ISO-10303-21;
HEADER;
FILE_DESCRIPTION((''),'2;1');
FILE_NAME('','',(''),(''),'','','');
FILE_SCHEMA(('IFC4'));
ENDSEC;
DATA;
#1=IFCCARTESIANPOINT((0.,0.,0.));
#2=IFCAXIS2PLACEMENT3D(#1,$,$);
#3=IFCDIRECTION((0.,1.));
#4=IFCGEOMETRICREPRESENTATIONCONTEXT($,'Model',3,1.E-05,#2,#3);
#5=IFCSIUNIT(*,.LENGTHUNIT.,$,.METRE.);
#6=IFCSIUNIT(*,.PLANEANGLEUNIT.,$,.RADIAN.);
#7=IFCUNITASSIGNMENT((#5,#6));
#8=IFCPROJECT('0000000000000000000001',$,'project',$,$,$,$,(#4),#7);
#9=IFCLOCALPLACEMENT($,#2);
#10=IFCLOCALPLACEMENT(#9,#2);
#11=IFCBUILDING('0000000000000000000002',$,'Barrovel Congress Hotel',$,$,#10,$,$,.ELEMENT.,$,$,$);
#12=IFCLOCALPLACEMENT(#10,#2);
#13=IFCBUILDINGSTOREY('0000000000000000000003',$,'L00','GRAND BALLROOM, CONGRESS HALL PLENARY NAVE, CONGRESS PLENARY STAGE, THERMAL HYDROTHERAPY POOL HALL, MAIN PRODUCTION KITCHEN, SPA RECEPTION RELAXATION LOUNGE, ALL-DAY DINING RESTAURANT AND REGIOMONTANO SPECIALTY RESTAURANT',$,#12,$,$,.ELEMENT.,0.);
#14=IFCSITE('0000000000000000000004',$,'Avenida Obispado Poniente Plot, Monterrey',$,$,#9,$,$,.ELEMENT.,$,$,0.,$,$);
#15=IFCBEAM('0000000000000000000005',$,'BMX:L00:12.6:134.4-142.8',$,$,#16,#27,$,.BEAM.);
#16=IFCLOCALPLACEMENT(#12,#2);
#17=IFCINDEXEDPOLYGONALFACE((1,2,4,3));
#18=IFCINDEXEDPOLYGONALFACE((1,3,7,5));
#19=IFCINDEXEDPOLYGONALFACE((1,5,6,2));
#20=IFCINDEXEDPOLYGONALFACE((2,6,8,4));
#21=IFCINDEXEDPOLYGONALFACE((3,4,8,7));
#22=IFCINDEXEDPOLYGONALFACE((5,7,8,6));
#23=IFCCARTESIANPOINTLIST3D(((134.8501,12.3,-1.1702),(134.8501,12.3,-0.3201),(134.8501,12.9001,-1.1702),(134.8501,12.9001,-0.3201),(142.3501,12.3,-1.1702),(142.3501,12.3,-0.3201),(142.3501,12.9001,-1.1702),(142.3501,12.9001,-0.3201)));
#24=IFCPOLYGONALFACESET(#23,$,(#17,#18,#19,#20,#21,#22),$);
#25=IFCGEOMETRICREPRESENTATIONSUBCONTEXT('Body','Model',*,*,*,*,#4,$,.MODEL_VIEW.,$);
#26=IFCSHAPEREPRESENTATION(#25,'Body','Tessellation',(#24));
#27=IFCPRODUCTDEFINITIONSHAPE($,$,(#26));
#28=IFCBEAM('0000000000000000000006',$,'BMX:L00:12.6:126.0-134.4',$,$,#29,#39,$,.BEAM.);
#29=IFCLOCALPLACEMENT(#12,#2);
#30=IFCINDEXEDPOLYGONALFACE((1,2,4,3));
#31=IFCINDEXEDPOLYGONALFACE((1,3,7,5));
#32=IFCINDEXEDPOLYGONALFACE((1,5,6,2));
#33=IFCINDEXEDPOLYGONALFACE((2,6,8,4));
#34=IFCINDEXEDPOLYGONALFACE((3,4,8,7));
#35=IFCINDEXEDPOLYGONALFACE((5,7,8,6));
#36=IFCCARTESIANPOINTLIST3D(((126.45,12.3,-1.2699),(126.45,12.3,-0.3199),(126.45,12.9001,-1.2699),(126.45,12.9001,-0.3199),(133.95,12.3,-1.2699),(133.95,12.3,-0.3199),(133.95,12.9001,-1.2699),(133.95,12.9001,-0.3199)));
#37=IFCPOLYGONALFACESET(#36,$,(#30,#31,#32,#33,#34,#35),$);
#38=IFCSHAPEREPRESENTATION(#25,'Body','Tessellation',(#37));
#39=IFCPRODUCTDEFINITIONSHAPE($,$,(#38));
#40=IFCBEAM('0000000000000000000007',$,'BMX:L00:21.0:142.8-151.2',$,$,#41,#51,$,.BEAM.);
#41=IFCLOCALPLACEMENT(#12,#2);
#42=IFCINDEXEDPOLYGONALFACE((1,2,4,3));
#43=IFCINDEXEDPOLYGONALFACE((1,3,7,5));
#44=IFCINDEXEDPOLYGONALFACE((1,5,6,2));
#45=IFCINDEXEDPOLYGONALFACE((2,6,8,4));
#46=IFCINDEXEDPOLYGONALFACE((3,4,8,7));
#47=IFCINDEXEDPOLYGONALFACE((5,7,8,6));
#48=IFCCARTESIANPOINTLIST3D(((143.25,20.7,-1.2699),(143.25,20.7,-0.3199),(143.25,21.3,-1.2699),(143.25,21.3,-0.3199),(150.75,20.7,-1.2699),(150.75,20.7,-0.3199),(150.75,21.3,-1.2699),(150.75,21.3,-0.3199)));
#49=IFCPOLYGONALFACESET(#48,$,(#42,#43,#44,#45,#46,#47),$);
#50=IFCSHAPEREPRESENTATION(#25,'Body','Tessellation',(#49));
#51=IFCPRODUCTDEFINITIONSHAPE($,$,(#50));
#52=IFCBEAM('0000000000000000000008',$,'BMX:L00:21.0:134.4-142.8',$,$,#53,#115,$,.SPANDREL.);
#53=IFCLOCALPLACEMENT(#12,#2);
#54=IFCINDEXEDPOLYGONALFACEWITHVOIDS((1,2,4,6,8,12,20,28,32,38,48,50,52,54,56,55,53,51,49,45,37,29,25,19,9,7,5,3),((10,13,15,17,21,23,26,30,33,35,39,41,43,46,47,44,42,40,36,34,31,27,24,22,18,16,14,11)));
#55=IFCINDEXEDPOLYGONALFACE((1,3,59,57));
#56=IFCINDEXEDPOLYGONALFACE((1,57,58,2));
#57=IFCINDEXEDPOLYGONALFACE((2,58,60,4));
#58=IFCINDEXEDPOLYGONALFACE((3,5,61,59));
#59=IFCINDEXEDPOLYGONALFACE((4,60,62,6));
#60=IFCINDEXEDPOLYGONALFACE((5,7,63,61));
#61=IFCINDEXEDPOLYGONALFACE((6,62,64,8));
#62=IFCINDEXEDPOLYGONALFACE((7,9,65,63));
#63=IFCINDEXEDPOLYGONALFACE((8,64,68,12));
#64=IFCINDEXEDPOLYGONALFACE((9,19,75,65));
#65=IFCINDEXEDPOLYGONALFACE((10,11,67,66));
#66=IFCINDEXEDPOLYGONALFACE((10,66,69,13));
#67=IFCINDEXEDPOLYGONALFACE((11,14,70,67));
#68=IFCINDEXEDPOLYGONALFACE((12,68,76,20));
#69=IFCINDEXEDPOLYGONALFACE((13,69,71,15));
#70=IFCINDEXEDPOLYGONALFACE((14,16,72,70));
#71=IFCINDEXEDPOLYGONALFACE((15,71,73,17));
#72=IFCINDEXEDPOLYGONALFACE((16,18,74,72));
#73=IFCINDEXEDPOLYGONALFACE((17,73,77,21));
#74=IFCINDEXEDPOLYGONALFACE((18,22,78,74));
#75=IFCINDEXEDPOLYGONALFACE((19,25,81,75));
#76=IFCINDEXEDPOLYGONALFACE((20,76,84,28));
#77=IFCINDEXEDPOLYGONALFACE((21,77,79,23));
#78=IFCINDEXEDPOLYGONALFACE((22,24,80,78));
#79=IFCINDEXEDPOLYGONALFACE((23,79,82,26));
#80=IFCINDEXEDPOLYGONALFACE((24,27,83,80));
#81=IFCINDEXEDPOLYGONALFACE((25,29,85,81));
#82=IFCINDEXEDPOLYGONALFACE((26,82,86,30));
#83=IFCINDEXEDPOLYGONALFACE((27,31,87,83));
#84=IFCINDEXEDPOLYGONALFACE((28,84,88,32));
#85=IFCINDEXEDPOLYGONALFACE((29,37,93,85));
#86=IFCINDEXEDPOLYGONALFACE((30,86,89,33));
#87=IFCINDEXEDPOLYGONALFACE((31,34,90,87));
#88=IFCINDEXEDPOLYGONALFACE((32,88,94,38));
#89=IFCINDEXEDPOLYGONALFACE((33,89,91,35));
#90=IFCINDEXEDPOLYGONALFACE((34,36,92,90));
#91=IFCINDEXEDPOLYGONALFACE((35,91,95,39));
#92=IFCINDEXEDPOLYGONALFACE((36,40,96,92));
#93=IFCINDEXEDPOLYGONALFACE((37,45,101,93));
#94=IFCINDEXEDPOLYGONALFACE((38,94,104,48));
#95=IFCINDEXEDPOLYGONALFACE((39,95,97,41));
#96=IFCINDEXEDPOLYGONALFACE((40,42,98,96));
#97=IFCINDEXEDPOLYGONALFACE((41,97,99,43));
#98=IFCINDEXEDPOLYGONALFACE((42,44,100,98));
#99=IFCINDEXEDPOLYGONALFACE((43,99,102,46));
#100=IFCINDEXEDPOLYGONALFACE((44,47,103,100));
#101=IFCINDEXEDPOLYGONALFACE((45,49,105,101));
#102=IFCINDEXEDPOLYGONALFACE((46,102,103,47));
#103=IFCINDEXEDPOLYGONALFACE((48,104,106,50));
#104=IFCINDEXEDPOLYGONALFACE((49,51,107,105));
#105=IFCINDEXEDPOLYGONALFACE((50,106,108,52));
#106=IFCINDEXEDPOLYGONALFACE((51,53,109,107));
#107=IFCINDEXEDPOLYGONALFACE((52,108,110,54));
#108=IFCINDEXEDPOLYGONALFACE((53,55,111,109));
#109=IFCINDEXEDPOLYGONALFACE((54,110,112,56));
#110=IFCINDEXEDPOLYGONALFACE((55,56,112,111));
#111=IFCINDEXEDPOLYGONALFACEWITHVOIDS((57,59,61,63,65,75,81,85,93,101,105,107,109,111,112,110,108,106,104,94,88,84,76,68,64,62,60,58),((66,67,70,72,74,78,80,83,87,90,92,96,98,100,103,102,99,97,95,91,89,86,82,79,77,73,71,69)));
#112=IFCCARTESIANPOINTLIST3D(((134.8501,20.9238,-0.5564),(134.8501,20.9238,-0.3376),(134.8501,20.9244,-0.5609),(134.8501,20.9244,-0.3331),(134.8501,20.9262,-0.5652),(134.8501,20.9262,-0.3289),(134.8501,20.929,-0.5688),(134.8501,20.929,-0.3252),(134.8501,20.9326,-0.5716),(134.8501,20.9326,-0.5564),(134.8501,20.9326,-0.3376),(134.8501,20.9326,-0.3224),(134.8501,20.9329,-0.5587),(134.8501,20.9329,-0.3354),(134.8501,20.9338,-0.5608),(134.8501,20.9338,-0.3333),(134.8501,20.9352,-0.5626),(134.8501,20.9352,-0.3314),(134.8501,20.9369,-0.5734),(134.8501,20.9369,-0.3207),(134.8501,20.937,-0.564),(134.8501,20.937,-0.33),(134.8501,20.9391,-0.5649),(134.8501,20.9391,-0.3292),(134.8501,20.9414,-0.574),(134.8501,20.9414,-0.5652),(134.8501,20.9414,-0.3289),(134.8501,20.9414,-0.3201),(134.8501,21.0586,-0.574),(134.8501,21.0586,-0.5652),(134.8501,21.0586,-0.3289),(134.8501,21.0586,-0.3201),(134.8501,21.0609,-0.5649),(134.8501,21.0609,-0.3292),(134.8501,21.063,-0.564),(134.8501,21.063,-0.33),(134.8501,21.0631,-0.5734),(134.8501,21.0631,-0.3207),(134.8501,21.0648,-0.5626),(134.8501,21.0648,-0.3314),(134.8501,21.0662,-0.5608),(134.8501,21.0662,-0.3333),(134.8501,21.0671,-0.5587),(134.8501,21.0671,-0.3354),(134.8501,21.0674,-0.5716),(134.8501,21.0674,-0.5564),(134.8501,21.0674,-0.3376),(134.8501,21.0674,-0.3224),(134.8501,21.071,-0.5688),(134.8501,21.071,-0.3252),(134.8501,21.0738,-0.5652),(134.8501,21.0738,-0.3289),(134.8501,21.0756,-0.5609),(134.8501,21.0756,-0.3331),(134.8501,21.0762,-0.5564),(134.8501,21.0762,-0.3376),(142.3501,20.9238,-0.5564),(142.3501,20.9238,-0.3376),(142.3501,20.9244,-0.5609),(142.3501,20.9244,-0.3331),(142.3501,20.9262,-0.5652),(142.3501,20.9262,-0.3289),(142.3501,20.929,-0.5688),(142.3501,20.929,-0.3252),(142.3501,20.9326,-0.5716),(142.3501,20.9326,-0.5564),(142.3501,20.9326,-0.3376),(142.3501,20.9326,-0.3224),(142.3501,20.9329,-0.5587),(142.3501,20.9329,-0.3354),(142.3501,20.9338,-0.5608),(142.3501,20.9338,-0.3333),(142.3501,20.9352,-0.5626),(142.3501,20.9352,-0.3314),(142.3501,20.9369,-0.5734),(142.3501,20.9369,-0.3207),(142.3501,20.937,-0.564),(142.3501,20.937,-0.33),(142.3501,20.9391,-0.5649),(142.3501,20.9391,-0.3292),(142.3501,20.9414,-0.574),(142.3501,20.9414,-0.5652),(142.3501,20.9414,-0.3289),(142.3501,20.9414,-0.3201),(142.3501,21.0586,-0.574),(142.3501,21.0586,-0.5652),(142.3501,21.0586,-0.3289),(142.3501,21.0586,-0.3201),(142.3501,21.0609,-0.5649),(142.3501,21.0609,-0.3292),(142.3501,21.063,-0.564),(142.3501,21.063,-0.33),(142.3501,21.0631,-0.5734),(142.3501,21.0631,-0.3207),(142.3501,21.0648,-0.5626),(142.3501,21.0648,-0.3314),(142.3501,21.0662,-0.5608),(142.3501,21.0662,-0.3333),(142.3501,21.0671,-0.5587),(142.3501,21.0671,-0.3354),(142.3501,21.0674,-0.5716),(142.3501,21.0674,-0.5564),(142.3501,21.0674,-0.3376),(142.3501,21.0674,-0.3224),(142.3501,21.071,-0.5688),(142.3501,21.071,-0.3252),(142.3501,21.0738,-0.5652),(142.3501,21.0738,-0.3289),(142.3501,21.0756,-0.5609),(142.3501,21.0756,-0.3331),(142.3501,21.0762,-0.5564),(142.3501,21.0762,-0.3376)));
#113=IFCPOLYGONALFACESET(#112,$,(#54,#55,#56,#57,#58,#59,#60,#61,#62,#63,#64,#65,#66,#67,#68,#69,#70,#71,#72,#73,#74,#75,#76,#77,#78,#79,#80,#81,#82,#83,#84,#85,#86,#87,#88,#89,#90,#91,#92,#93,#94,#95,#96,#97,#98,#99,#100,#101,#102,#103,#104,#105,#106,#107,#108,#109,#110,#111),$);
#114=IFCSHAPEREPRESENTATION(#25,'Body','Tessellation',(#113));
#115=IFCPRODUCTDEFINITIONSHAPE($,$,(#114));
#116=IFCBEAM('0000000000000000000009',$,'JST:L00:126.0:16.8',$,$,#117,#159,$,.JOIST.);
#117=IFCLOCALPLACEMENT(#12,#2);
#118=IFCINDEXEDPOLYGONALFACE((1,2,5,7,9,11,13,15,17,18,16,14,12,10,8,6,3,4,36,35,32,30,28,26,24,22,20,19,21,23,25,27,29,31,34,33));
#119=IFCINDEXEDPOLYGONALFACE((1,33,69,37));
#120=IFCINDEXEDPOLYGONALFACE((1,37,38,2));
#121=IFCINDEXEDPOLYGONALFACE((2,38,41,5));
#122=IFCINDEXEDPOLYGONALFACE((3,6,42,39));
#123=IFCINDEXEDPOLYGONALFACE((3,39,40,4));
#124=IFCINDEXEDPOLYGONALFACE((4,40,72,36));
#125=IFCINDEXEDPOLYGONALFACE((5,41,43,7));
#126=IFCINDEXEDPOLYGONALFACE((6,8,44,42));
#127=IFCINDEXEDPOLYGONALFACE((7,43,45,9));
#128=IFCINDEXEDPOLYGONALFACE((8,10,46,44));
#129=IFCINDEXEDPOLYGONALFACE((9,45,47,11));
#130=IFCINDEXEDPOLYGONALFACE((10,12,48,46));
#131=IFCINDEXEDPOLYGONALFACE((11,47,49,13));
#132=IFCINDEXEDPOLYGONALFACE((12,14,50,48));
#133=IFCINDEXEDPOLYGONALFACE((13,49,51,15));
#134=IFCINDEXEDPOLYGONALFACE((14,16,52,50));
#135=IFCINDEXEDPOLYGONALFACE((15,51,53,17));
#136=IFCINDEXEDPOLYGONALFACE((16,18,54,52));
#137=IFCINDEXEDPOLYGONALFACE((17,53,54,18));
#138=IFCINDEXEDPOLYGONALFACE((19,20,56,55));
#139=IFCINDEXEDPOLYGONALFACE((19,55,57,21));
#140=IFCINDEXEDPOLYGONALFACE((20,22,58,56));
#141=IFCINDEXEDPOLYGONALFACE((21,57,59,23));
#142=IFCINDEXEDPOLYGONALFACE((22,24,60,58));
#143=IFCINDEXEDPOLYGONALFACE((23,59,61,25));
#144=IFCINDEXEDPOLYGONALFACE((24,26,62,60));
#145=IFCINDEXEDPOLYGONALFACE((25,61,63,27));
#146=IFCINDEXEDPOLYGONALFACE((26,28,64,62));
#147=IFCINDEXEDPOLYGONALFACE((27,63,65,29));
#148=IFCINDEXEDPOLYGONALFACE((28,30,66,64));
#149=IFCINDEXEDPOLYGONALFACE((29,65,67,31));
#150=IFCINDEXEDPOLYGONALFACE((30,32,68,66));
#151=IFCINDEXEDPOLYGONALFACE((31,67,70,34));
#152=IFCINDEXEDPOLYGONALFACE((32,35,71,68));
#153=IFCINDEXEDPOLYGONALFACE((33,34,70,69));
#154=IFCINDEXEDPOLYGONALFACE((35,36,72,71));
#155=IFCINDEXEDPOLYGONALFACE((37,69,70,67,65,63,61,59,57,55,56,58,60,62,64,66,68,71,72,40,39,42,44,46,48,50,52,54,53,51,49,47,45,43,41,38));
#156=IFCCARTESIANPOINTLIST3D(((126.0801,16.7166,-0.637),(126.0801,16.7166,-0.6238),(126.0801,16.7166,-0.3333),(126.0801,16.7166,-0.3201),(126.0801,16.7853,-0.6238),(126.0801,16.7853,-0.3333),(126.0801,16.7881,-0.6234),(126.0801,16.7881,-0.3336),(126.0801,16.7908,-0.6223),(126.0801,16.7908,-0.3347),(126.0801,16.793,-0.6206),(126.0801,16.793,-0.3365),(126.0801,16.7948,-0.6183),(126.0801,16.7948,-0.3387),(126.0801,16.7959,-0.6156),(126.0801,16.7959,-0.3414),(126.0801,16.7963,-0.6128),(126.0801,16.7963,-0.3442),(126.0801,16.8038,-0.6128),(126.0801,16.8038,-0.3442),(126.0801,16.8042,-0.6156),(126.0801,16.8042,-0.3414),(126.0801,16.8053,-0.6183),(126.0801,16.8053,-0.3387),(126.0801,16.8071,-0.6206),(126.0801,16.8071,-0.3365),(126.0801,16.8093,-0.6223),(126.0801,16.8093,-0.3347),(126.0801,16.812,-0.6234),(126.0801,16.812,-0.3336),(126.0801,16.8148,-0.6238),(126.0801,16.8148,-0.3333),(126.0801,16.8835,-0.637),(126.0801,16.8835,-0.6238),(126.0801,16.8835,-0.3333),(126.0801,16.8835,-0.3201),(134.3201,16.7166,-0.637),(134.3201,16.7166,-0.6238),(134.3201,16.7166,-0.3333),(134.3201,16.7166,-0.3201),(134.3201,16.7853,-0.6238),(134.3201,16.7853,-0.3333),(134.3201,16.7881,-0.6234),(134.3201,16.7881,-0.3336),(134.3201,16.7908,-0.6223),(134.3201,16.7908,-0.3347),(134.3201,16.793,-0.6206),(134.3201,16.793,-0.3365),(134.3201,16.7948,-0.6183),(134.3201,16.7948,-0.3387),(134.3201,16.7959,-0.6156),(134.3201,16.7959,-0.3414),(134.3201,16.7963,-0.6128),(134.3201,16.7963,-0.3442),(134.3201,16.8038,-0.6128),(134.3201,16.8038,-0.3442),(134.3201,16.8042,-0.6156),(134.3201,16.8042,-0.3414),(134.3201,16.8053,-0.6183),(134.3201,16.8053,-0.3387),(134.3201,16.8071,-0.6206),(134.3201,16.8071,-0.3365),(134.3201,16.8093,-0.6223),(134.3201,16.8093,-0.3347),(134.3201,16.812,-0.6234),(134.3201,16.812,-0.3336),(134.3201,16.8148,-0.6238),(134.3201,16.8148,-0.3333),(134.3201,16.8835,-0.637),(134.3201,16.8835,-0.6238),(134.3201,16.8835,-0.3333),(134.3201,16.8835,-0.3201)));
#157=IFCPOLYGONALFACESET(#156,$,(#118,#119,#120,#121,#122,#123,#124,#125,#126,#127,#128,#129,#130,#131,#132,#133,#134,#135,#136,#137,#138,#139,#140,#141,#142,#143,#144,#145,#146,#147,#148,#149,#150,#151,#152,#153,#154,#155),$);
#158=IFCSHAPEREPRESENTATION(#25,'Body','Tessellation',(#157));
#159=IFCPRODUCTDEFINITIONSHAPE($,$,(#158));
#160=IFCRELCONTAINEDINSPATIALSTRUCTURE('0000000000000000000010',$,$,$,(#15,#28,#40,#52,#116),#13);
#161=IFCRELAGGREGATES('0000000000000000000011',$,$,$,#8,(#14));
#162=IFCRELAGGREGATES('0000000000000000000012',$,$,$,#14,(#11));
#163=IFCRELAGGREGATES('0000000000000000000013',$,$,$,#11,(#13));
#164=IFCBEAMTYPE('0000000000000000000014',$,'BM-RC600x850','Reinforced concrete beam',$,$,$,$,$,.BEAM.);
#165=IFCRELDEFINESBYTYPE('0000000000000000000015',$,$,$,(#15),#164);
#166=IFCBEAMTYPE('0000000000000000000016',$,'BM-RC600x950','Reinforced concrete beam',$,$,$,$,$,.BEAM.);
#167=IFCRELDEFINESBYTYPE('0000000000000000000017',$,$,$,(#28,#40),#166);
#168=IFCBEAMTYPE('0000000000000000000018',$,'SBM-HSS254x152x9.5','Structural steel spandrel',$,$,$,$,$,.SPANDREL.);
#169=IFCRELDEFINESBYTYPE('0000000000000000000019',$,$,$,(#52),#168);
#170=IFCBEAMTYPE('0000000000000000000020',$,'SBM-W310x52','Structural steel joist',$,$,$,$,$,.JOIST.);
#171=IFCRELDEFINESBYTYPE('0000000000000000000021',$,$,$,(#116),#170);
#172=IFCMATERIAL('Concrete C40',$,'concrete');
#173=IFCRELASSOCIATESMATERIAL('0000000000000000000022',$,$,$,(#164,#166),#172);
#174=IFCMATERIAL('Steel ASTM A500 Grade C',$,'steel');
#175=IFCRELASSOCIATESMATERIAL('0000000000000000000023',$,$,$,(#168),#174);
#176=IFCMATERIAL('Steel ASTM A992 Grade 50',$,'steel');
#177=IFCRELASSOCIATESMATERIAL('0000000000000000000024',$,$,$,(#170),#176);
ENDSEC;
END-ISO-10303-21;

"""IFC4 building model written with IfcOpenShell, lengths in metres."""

from ifc_helpers import new_model, si_unit, direction, frame, origin, origin_2d, place, context, subcontext, project, spatial, rectangle, hollow_rectangle, i_section, extrude, material, material_profile, profile_set, type_object, element, save


model = new_model("IFC4")

# Units and contexts
model_context = context("Model", 3, precision=1e-05, world=origin(), true_north=direction((0.0, 1.0)))
body_context = subcontext(model_context, "Body", "Model", "MODEL_VIEW")
ifc_project = project(units=[si_unit("LENGTHUNIT", "METRE"), si_unit("PLANEANGLEUNIT", "RADIAN")], contexts=[model_context])

# Site, building, storey
site_placement = place(None, origin())
site = spatial("IfcSite", under=ifc_project, at=site_placement, Name="Avenida Obispado Poniente Plot, Monterrey", CompositionType="ELEMENT", RefElevation=0.0)
building_placement = place(site_placement, origin())
building = spatial("IfcBuilding", under=site, at=building_placement, Name="Barrovel Congress Hotel", CompositionType="ELEMENT")
storey_placement = place(building_placement, origin())
storey = spatial("IfcBuildingStorey", under=building, at=storey_placement, Name="L00", Description="GRAND BALLROOM, CONGRESS HALL PLENARY NAVE, CONGRESS PLENARY STAGE, THERMAL HYDROTHERAPY POOL HALL, MAIN PRODUCTION KITCHEN, SPA RECEPTION RELAXATION LOUNGE, ALL-DAY DINING RESTAURANT AND REGIOMONTANO SPECIALTY RESTAURANT", CompositionType="ELEMENT", Elevation=0.0)

# Beams
ifc_material_1 = material(Name="Concrete C40", Category="concrete")
ifc_material_profile_1 = material_profile(ifc_material_1, rectangle(XDim=0.6001, YDim=0.8501, at=origin_2d()), Name="RC600x850")
ifc_profile_set_1 = profile_set([ifc_material_profile_1], Name="Concrete C40")
beam_type_1 = type_object("IfcBeamType", Name="BM-RC600x850", Description="Reinforced concrete beam", PredefinedType="BEAM", material=ifc_profile_set_1)
beam_1_placement = place(storey_placement, frame((134.8501, 12.6001, -0.7451), z_axis=(1.0, 0.0, 0.0), x_axis=(0.0, 1.0, 0.0)))
element("IfcBeam", 1, at=beam_1_placement, inside=storey, type_object=beam_type_1, Name="BMX:L00:12.6:134.4-142.8", PredefinedType="BEAM", context=body_context, shape_type="SweptSolid", body=[
    extrude(rectangle(XDim=0.6001, YDim=0.8501, at=origin_2d()), origin(), (0.0, 0.0, 1.0), 7.5),
])
ifc_material_profile_2 = material_profile(ifc_material_1, rectangle(XDim=0.6001, YDim=0.95, at=origin_2d()), Name="RC600x950")
ifc_profile_set_2 = profile_set([ifc_material_profile_2], Name="Concrete C40")
beam_type_2 = type_object("IfcBeamType", Name="BM-RC600x950", Description="Reinforced concrete beam", PredefinedType="BEAM", material=ifc_profile_set_2)
for number, where, z_axis, x_axis, name in (
    (2, (126.45, 12.6001, -0.7949), (1.0, 0.0, 0.0), (0.0, 1.0, 0.0), "BMX:L00:12.6:126.0-134.4"),
    (3, (143.25, 21.0, -0.7949), (1.0, 0.0, 0.0), (0.0, 1.0, 0.0), "BMX:L00:21.0:142.8-151.2"),
):
    element("IfcBeam", number, at=place(storey_placement, frame(where, z_axis=z_axis, x_axis=x_axis)), inside=storey, type_object=beam_type_2, Name=name, PredefinedType="BEAM", context=body_context, shape_type="SweptSolid", body=[
        extrude(rectangle(XDim=0.6001, YDim=0.95, at=origin_2d()), origin(), (0.0, 0.0, 1.0), 7.5),
    ])
ifc_material_2 = material(Name="Steel ASTM A500 Grade C", Category="steel")
ifc_material_profile_3 = material_profile(ifc_material_2, hollow_rectangle(XDim=0.1523, YDim=0.2539, WallThickness=0.0088, InnerFilletRadius=0.0088, OuterFilletRadius=0.0176, at=origin_2d()), Name="HSS254x152x9.5")
ifc_profile_set_3 = profile_set([ifc_material_profile_3], Name="Steel ASTM A500 Grade C")
beam_type_3 = type_object("IfcBeamType", Name="SBM-HSS254x152x9.5", Description="Structural steel spandrel", PredefinedType="SPANDREL", material=ifc_profile_set_3)
beam_2_placement = place(storey_placement, frame((134.8501, 21.0, -0.447), z_axis=(1.0, 0.0, 0.0), x_axis=(0.0, 1.0, 0.0)))
element("IfcBeam", 4, at=beam_2_placement, inside=storey, type_object=beam_type_3, Name="BMX:L00:21.0:134.4-142.8", PredefinedType="SPANDREL", context=body_context, shape_type="SweptSolid", body=[
    extrude(hollow_rectangle(XDim=0.1523, YDim=0.2539, WallThickness=0.0088, InnerFilletRadius=0.0088, OuterFilletRadius=0.0176, at=origin_2d()), origin(), (0.0, 0.0, 1.0), 7.5),
])
ifc_material_3 = material(Name="Steel ASTM A992 Grade 50", Category="steel")
ifc_material_profile_4 = material_profile(ifc_material_3, i_section(OverallWidth=0.167, OverallDepth=0.3169, WebThickness=0.0076, FlangeThickness=0.0132, FilletRadius=0.011, at=origin_2d()), Name="W310x52")
ifc_profile_set_4 = profile_set([ifc_material_profile_4], Name="Steel ASTM A992 Grade 50")
beam_type_4 = type_object("IfcBeamType", Name="SBM-W310x52", Description="Structural steel joist", PredefinedType="JOIST", material=ifc_profile_set_4)
beam_3_placement = place(storey_placement, frame((126.0801, 16.8, -0.4785), z_axis=(1.0, 0.0, 0.0), x_axis=(0.0, 1.0, 0.0)))
element("IfcBeam", 5, at=beam_3_placement, inside=storey, type_object=beam_type_4, Name="JST:L00:126.0:16.8", PredefinedType="JOIST", context=body_context, shape_type="SweptSolid", body=[
    extrude(i_section(OverallWidth=0.167, OverallDepth=0.3169, WebThickness=0.0076, FlangeThickness=0.0132, FilletRadius=0.011, at=origin_2d()), origin(), (0.0, 0.0, 1.0), 8.24),
])

save(model, "model.ifc")
